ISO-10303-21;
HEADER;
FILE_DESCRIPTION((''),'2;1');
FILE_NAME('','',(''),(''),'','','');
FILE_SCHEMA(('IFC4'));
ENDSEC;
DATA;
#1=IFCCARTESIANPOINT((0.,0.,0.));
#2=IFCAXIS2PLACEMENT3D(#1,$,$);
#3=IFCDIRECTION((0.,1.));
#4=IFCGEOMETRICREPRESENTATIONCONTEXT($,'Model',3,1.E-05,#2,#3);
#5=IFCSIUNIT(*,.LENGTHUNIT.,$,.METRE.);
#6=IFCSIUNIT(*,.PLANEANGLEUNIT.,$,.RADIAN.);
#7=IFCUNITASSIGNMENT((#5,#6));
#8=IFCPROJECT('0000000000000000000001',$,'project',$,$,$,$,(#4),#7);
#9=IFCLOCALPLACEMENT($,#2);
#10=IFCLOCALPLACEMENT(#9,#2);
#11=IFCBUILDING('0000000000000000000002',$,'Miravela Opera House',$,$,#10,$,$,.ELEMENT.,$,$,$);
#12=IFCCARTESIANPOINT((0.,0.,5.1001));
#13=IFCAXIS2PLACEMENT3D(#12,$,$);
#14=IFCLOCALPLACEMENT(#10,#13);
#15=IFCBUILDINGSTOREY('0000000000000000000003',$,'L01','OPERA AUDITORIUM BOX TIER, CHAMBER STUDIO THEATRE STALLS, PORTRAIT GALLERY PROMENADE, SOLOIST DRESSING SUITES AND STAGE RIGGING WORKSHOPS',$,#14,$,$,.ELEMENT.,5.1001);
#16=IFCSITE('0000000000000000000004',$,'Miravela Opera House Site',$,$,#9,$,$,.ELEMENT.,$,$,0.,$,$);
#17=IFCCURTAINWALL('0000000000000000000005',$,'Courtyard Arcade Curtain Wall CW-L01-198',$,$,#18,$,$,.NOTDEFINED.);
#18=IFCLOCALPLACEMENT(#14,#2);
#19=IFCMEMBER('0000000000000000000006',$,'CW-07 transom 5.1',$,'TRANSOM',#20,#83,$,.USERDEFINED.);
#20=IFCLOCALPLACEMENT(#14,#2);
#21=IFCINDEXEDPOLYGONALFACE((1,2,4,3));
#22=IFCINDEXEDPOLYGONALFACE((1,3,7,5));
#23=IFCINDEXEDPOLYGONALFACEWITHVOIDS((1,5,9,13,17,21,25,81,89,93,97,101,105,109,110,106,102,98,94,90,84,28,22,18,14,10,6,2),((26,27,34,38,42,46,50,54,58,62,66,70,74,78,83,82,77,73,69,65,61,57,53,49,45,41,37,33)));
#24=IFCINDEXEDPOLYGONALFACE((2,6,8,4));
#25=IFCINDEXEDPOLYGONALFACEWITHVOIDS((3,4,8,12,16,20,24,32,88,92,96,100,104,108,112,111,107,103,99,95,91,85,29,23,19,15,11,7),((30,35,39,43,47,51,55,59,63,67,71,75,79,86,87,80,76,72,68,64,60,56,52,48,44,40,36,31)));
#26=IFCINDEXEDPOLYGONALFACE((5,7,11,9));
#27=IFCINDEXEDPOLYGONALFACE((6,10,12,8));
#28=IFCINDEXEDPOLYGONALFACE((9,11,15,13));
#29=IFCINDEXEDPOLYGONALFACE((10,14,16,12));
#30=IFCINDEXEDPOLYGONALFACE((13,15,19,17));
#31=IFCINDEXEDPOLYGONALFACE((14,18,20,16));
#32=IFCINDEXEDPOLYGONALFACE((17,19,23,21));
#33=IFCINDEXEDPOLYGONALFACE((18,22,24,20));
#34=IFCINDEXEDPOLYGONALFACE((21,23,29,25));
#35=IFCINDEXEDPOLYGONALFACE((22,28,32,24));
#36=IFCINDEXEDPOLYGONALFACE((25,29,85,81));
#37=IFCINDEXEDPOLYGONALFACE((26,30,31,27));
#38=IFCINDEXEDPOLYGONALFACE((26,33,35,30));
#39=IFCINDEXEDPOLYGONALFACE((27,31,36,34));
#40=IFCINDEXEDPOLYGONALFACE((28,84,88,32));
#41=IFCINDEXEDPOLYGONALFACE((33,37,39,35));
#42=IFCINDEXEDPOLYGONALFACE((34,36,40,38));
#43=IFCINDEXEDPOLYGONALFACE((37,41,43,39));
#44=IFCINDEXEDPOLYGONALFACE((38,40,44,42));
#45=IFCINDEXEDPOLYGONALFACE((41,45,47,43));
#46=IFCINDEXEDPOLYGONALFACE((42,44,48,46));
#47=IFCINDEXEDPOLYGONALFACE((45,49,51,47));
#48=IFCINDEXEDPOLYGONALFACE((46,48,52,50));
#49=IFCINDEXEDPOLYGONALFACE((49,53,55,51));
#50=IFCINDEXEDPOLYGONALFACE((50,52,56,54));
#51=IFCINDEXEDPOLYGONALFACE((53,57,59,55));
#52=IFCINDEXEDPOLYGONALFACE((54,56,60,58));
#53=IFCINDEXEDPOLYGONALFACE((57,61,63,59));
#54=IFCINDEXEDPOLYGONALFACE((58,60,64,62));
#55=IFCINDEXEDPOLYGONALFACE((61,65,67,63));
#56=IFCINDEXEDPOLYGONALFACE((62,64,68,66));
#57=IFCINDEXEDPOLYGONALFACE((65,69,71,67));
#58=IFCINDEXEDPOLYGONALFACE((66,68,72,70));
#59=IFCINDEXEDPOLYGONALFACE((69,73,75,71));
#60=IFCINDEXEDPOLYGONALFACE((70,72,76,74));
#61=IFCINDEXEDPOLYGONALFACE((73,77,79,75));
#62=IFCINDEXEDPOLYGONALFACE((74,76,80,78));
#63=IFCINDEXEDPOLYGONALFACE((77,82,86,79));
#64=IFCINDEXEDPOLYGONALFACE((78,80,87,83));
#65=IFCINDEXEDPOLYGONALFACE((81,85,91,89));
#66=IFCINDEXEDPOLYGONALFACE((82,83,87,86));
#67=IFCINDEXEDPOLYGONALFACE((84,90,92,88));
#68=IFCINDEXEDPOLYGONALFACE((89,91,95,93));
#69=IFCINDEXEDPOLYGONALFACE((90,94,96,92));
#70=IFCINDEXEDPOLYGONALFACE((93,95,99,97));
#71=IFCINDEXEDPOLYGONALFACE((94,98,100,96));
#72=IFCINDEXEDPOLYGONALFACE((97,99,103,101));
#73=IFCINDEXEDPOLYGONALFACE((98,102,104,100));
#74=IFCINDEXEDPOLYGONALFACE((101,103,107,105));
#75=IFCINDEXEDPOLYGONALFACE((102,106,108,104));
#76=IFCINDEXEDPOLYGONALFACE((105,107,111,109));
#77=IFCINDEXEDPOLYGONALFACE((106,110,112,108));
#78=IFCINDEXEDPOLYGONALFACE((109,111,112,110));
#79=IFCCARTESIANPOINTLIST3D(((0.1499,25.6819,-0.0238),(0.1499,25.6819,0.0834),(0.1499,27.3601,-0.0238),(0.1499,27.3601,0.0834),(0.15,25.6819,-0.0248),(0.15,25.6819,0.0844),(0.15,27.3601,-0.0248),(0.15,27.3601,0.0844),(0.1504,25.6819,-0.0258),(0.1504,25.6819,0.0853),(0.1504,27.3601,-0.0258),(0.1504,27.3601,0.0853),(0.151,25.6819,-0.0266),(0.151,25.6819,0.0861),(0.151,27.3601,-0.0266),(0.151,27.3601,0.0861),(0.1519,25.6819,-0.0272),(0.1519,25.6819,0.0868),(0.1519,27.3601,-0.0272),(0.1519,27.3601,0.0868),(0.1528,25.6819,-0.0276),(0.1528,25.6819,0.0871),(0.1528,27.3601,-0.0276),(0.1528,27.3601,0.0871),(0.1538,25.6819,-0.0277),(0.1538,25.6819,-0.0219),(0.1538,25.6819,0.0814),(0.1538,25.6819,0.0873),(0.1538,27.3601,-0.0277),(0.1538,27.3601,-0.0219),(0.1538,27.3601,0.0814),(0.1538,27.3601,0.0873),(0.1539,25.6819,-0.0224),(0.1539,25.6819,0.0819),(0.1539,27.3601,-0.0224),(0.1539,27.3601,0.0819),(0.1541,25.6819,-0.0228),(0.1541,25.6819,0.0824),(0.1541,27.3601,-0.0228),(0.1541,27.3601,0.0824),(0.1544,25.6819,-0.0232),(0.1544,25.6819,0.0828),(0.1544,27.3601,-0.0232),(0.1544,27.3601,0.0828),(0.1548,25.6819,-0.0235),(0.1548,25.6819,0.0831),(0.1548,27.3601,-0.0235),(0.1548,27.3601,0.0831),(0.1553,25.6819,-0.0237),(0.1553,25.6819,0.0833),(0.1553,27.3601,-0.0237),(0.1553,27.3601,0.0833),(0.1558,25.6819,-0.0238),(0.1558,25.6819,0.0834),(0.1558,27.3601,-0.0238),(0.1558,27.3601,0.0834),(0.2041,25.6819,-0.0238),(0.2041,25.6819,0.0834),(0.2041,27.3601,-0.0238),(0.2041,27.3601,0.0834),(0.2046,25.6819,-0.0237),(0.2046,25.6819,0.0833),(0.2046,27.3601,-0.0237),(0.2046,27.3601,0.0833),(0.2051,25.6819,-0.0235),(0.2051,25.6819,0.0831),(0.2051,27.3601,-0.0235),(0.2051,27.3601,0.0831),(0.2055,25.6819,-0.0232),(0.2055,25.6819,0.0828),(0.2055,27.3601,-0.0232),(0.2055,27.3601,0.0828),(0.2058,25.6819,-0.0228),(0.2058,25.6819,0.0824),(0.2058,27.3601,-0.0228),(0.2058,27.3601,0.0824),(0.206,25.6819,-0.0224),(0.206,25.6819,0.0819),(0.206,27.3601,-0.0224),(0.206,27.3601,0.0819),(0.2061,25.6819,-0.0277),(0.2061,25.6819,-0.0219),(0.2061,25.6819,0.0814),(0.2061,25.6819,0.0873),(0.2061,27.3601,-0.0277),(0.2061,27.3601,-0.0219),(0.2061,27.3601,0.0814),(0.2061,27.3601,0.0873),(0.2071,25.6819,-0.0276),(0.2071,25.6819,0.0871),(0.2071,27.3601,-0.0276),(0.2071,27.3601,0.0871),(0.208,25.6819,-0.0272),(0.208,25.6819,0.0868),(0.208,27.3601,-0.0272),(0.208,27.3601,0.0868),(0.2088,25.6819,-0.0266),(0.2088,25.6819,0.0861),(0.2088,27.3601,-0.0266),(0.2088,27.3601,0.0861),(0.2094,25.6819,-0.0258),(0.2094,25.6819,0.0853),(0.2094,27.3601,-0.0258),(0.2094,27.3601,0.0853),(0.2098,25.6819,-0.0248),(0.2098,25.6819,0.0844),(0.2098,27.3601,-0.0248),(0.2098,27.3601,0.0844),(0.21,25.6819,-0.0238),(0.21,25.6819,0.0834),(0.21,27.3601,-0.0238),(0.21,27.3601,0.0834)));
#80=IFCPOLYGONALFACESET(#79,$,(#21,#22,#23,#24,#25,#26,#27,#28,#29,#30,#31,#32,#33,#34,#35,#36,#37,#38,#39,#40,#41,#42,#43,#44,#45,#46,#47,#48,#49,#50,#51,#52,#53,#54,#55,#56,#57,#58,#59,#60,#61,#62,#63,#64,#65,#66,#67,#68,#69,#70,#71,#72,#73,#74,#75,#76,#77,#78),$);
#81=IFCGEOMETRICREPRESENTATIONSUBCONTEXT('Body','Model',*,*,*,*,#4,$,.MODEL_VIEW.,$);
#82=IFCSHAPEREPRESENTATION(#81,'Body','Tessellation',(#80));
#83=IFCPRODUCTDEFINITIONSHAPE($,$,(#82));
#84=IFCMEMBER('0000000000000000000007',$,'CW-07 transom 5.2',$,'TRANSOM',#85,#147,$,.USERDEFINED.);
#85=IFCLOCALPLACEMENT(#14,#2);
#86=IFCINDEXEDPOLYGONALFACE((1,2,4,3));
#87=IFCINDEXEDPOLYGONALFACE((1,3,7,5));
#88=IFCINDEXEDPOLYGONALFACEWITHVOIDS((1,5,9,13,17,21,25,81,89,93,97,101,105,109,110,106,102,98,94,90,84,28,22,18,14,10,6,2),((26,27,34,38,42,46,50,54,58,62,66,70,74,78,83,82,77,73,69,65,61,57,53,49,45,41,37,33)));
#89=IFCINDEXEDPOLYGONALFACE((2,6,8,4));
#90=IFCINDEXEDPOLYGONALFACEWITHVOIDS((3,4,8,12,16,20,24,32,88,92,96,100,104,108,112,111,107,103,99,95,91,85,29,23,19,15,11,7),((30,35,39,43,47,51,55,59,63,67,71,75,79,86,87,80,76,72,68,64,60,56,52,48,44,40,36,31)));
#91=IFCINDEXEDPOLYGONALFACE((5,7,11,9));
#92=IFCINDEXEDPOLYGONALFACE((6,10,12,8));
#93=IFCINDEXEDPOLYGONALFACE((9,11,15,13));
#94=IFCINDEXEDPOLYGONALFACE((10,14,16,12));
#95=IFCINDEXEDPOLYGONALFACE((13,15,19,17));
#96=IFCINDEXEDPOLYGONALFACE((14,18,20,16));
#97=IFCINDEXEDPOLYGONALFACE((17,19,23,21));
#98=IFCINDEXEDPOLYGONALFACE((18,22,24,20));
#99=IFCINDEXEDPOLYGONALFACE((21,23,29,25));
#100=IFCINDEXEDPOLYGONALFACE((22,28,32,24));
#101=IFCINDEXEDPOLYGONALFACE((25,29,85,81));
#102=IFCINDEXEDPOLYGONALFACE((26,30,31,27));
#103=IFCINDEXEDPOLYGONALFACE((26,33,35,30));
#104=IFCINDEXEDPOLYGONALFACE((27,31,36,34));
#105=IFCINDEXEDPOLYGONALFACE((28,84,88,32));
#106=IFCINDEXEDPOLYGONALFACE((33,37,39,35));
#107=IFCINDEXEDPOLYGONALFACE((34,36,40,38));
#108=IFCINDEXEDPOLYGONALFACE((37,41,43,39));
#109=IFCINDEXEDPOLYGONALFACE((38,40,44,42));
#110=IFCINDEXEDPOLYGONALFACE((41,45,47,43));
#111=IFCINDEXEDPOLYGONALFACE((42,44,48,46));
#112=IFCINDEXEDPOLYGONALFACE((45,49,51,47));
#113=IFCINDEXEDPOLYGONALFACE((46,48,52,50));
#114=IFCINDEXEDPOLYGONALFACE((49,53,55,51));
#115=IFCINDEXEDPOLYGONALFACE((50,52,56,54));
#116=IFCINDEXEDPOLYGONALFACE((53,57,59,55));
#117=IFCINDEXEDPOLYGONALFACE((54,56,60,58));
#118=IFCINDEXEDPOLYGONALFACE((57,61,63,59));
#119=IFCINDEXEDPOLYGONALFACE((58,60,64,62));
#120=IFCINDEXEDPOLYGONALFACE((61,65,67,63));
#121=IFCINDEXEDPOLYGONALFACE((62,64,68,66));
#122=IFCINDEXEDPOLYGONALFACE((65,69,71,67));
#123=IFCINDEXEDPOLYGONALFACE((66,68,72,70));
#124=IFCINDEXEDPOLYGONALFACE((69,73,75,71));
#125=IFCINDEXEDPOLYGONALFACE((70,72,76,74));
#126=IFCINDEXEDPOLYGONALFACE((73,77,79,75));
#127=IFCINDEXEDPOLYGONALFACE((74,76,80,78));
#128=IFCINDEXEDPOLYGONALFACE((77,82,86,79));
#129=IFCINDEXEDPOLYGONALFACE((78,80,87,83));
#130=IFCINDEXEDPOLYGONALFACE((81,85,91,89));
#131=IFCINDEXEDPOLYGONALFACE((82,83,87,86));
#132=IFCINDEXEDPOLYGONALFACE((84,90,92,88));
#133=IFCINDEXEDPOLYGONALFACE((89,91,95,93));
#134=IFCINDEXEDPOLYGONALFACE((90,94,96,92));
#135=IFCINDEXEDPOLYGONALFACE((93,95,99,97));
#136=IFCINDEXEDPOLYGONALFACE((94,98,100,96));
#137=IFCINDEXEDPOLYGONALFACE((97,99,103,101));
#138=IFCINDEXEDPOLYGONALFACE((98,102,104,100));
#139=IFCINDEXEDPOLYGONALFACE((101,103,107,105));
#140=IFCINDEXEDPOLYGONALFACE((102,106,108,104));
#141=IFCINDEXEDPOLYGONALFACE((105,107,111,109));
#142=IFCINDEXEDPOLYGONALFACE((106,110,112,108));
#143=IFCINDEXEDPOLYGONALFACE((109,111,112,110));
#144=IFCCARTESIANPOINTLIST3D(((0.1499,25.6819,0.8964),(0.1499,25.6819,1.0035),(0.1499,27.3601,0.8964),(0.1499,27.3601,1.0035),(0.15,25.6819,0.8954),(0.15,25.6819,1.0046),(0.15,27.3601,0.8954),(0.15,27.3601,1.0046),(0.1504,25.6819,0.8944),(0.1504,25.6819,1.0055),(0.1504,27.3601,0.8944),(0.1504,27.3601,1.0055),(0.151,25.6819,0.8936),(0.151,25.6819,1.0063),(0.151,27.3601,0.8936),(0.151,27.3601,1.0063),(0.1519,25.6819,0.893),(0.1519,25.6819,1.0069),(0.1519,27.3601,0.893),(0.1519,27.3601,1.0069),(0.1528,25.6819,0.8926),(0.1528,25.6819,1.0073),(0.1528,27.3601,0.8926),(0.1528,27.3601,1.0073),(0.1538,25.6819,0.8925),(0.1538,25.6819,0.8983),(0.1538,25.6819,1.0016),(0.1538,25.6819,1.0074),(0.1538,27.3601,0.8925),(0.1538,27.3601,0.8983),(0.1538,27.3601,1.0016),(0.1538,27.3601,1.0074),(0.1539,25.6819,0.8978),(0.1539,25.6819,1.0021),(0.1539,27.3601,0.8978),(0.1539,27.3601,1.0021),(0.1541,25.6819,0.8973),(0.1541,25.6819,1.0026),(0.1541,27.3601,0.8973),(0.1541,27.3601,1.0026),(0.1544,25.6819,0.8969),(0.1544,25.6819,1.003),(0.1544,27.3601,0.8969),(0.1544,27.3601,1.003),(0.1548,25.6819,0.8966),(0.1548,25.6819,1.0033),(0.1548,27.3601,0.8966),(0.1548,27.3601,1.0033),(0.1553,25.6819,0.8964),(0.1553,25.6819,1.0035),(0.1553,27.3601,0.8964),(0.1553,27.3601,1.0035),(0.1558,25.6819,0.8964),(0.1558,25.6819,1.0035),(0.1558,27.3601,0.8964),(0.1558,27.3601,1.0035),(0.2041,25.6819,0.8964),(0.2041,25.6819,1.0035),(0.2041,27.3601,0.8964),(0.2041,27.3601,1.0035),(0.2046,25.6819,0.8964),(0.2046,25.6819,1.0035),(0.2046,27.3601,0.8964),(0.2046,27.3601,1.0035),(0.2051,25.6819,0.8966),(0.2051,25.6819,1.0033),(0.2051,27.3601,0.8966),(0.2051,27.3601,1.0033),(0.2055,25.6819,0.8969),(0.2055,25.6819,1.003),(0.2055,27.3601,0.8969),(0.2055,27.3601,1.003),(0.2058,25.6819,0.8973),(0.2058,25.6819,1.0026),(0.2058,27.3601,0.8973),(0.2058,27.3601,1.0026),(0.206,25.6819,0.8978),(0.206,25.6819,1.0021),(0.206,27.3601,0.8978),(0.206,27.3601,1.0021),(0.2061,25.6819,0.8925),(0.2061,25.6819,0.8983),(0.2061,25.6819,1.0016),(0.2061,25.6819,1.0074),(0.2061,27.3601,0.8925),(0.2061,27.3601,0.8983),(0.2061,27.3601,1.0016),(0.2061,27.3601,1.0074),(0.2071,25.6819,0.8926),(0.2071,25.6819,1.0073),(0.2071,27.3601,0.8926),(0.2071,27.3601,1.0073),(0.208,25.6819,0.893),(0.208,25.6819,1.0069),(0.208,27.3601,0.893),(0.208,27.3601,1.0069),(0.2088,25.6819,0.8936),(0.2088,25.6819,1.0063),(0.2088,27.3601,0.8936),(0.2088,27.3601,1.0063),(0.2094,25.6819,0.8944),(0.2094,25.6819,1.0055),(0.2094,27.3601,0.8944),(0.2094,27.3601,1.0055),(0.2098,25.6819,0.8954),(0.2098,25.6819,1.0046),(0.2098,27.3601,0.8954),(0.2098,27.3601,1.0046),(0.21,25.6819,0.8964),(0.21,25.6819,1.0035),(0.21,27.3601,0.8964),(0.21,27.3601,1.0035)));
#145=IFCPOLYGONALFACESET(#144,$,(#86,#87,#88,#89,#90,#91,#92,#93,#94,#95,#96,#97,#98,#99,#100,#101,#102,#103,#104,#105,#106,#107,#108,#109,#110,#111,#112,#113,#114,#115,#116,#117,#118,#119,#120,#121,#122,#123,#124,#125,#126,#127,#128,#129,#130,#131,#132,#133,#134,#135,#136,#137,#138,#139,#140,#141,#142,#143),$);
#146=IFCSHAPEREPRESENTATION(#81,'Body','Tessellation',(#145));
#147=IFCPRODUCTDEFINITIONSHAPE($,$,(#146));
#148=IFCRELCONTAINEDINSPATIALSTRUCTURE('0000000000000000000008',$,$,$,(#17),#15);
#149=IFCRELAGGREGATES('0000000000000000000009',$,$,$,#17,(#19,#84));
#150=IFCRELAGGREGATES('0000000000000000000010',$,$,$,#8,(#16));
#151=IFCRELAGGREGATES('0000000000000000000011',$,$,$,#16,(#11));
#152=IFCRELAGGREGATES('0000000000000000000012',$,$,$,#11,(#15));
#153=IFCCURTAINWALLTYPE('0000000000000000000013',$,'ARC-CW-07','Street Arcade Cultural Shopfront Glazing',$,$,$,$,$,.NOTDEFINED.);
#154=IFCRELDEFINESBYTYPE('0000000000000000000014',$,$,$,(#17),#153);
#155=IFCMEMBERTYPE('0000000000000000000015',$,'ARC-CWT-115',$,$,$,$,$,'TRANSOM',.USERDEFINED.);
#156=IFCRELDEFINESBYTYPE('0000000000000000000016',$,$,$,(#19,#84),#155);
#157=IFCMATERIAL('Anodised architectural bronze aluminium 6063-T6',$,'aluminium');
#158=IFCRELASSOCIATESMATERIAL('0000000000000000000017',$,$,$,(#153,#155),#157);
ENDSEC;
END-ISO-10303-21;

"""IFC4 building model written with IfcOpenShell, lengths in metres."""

from ifc_helpers import new_model, si_unit, direction, frame, origin, origin_2d, place, context, subcontext, project, spatial, hollow_rectangle, extrude, material, material_profile, profile_set, type_object, element, aggregate, save


model = new_model("IFC4")

# Units and contexts
model_context = context("Model", 3, precision=1e-05, world=origin(), true_north=direction((0.0, 1.0)))
body_context = subcontext(model_context, "Body", "Model", "MODEL_VIEW")
ifc_project = project(units=[si_unit("LENGTHUNIT", "METRE"), si_unit("PLANEANGLEUNIT", "RADIAN")], contexts=[model_context])

# Site, building, storey
site_placement = place(None, origin())
site = spatial("IfcSite", under=ifc_project, at=site_placement, Name="Miravela Opera House Site", CompositionType="ELEMENT", RefElevation=0.0)
building_placement = place(site_placement, origin())
building = spatial("IfcBuilding", under=site, at=building_placement, Name="Miravela Opera House", CompositionType="ELEMENT")
storey_placement = place(building_placement, frame((0.0, 0.0, 5.1001)))
storey = spatial("IfcBuildingStorey", under=building, at=storey_placement, Name="L01", Description="OPERA AUDITORIUM BOX TIER, CHAMBER STUDIO THEATRE STALLS, PORTRAIT GALLERY PROMENADE, SOLOIST DRESSING SUITES AND STAGE RIGGING WORKSHOPS", CompositionType="ELEMENT", Elevation=5.1001)

# Shared definitions
ifc_material_1 = material(Name="Anodised architectural bronze aluminium 6063-T6", Category="aluminium")

# Curtain wall, members
curtain_wall_type_1 = type_object("IfcCurtainWallType", Name="ARC-CW-07", Description="Street Arcade Cultural Shopfront Glazing", PredefinedType="NOTDEFINED", material=ifc_material_1)
curtain_wall_1_placement = place(storey_placement, origin())
curtain_wall_1 = element("IfcCurtainWall", 1, at=curtain_wall_1_placement, inside=storey, type_object=curtain_wall_type_1, Name="Courtyard Arcade Curtain Wall CW-L01-198", PredefinedType="NOTDEFINED")
ifc_material_profile_1 = material_profile(ifc_material_1, hollow_rectangle(XDim=0.0601, YDim=0.115, WallThickness=0.0039, InnerFilletRadius=0.002, OuterFilletRadius=0.0039, at=origin_2d()), Name="CWT-60X115")
ifc_profile_set_1 = profile_set([ifc_material_profile_1])
member_type_1 = type_object("IfcMemberType", Name="ARC-CWT-115", ElementType="TRANSOM", PredefinedType="USERDEFINED", material=ifc_profile_set_1)
member_1_placement = place(storey_placement, frame((0.1799, 25.6819, 0.0298), z_axis=(0.0, 1.0, 0.0), x_axis=(-1.0, 0.0, 0.0)))
member_1 = element("IfcMember", 2, at=member_1_placement, type_object=member_type_1, Name="CW-07 transom 5.1", ObjectType="TRANSOM", PredefinedType="USERDEFINED", context=body_context, shape_type="SweptSolid", body=[
    extrude(hollow_rectangle(XDim=0.0601, YDim=0.115, WallThickness=0.0039, InnerFilletRadius=0.002, OuterFilletRadius=0.0039, at=origin_2d()), origin(), (0.0, 0.0, 1.0), 1.6782),
])
member_2_placement = place(storey_placement, frame((0.1799, 25.6819, 0.95), z_axis=(0.0, 1.0, 0.0), x_axis=(-1.0, 0.0, 0.0)))
member_2 = element("IfcMember", 3, at=member_2_placement, type_object=member_type_1, Name="CW-07 transom 5.2", ObjectType="TRANSOM", PredefinedType="USERDEFINED", context=body_context, shape_type="SweptSolid", body=[
    extrude(hollow_rectangle(XDim=0.0601, YDim=0.115, WallThickness=0.0039, InnerFilletRadius=0.002, OuterFilletRadius=0.0039, at=origin_2d()), origin(), (0.0, 0.0, 1.0), 1.6782),
])

aggregate(curtain_wall_1, [member_1, member_2])

save(model, "model.ifc")
